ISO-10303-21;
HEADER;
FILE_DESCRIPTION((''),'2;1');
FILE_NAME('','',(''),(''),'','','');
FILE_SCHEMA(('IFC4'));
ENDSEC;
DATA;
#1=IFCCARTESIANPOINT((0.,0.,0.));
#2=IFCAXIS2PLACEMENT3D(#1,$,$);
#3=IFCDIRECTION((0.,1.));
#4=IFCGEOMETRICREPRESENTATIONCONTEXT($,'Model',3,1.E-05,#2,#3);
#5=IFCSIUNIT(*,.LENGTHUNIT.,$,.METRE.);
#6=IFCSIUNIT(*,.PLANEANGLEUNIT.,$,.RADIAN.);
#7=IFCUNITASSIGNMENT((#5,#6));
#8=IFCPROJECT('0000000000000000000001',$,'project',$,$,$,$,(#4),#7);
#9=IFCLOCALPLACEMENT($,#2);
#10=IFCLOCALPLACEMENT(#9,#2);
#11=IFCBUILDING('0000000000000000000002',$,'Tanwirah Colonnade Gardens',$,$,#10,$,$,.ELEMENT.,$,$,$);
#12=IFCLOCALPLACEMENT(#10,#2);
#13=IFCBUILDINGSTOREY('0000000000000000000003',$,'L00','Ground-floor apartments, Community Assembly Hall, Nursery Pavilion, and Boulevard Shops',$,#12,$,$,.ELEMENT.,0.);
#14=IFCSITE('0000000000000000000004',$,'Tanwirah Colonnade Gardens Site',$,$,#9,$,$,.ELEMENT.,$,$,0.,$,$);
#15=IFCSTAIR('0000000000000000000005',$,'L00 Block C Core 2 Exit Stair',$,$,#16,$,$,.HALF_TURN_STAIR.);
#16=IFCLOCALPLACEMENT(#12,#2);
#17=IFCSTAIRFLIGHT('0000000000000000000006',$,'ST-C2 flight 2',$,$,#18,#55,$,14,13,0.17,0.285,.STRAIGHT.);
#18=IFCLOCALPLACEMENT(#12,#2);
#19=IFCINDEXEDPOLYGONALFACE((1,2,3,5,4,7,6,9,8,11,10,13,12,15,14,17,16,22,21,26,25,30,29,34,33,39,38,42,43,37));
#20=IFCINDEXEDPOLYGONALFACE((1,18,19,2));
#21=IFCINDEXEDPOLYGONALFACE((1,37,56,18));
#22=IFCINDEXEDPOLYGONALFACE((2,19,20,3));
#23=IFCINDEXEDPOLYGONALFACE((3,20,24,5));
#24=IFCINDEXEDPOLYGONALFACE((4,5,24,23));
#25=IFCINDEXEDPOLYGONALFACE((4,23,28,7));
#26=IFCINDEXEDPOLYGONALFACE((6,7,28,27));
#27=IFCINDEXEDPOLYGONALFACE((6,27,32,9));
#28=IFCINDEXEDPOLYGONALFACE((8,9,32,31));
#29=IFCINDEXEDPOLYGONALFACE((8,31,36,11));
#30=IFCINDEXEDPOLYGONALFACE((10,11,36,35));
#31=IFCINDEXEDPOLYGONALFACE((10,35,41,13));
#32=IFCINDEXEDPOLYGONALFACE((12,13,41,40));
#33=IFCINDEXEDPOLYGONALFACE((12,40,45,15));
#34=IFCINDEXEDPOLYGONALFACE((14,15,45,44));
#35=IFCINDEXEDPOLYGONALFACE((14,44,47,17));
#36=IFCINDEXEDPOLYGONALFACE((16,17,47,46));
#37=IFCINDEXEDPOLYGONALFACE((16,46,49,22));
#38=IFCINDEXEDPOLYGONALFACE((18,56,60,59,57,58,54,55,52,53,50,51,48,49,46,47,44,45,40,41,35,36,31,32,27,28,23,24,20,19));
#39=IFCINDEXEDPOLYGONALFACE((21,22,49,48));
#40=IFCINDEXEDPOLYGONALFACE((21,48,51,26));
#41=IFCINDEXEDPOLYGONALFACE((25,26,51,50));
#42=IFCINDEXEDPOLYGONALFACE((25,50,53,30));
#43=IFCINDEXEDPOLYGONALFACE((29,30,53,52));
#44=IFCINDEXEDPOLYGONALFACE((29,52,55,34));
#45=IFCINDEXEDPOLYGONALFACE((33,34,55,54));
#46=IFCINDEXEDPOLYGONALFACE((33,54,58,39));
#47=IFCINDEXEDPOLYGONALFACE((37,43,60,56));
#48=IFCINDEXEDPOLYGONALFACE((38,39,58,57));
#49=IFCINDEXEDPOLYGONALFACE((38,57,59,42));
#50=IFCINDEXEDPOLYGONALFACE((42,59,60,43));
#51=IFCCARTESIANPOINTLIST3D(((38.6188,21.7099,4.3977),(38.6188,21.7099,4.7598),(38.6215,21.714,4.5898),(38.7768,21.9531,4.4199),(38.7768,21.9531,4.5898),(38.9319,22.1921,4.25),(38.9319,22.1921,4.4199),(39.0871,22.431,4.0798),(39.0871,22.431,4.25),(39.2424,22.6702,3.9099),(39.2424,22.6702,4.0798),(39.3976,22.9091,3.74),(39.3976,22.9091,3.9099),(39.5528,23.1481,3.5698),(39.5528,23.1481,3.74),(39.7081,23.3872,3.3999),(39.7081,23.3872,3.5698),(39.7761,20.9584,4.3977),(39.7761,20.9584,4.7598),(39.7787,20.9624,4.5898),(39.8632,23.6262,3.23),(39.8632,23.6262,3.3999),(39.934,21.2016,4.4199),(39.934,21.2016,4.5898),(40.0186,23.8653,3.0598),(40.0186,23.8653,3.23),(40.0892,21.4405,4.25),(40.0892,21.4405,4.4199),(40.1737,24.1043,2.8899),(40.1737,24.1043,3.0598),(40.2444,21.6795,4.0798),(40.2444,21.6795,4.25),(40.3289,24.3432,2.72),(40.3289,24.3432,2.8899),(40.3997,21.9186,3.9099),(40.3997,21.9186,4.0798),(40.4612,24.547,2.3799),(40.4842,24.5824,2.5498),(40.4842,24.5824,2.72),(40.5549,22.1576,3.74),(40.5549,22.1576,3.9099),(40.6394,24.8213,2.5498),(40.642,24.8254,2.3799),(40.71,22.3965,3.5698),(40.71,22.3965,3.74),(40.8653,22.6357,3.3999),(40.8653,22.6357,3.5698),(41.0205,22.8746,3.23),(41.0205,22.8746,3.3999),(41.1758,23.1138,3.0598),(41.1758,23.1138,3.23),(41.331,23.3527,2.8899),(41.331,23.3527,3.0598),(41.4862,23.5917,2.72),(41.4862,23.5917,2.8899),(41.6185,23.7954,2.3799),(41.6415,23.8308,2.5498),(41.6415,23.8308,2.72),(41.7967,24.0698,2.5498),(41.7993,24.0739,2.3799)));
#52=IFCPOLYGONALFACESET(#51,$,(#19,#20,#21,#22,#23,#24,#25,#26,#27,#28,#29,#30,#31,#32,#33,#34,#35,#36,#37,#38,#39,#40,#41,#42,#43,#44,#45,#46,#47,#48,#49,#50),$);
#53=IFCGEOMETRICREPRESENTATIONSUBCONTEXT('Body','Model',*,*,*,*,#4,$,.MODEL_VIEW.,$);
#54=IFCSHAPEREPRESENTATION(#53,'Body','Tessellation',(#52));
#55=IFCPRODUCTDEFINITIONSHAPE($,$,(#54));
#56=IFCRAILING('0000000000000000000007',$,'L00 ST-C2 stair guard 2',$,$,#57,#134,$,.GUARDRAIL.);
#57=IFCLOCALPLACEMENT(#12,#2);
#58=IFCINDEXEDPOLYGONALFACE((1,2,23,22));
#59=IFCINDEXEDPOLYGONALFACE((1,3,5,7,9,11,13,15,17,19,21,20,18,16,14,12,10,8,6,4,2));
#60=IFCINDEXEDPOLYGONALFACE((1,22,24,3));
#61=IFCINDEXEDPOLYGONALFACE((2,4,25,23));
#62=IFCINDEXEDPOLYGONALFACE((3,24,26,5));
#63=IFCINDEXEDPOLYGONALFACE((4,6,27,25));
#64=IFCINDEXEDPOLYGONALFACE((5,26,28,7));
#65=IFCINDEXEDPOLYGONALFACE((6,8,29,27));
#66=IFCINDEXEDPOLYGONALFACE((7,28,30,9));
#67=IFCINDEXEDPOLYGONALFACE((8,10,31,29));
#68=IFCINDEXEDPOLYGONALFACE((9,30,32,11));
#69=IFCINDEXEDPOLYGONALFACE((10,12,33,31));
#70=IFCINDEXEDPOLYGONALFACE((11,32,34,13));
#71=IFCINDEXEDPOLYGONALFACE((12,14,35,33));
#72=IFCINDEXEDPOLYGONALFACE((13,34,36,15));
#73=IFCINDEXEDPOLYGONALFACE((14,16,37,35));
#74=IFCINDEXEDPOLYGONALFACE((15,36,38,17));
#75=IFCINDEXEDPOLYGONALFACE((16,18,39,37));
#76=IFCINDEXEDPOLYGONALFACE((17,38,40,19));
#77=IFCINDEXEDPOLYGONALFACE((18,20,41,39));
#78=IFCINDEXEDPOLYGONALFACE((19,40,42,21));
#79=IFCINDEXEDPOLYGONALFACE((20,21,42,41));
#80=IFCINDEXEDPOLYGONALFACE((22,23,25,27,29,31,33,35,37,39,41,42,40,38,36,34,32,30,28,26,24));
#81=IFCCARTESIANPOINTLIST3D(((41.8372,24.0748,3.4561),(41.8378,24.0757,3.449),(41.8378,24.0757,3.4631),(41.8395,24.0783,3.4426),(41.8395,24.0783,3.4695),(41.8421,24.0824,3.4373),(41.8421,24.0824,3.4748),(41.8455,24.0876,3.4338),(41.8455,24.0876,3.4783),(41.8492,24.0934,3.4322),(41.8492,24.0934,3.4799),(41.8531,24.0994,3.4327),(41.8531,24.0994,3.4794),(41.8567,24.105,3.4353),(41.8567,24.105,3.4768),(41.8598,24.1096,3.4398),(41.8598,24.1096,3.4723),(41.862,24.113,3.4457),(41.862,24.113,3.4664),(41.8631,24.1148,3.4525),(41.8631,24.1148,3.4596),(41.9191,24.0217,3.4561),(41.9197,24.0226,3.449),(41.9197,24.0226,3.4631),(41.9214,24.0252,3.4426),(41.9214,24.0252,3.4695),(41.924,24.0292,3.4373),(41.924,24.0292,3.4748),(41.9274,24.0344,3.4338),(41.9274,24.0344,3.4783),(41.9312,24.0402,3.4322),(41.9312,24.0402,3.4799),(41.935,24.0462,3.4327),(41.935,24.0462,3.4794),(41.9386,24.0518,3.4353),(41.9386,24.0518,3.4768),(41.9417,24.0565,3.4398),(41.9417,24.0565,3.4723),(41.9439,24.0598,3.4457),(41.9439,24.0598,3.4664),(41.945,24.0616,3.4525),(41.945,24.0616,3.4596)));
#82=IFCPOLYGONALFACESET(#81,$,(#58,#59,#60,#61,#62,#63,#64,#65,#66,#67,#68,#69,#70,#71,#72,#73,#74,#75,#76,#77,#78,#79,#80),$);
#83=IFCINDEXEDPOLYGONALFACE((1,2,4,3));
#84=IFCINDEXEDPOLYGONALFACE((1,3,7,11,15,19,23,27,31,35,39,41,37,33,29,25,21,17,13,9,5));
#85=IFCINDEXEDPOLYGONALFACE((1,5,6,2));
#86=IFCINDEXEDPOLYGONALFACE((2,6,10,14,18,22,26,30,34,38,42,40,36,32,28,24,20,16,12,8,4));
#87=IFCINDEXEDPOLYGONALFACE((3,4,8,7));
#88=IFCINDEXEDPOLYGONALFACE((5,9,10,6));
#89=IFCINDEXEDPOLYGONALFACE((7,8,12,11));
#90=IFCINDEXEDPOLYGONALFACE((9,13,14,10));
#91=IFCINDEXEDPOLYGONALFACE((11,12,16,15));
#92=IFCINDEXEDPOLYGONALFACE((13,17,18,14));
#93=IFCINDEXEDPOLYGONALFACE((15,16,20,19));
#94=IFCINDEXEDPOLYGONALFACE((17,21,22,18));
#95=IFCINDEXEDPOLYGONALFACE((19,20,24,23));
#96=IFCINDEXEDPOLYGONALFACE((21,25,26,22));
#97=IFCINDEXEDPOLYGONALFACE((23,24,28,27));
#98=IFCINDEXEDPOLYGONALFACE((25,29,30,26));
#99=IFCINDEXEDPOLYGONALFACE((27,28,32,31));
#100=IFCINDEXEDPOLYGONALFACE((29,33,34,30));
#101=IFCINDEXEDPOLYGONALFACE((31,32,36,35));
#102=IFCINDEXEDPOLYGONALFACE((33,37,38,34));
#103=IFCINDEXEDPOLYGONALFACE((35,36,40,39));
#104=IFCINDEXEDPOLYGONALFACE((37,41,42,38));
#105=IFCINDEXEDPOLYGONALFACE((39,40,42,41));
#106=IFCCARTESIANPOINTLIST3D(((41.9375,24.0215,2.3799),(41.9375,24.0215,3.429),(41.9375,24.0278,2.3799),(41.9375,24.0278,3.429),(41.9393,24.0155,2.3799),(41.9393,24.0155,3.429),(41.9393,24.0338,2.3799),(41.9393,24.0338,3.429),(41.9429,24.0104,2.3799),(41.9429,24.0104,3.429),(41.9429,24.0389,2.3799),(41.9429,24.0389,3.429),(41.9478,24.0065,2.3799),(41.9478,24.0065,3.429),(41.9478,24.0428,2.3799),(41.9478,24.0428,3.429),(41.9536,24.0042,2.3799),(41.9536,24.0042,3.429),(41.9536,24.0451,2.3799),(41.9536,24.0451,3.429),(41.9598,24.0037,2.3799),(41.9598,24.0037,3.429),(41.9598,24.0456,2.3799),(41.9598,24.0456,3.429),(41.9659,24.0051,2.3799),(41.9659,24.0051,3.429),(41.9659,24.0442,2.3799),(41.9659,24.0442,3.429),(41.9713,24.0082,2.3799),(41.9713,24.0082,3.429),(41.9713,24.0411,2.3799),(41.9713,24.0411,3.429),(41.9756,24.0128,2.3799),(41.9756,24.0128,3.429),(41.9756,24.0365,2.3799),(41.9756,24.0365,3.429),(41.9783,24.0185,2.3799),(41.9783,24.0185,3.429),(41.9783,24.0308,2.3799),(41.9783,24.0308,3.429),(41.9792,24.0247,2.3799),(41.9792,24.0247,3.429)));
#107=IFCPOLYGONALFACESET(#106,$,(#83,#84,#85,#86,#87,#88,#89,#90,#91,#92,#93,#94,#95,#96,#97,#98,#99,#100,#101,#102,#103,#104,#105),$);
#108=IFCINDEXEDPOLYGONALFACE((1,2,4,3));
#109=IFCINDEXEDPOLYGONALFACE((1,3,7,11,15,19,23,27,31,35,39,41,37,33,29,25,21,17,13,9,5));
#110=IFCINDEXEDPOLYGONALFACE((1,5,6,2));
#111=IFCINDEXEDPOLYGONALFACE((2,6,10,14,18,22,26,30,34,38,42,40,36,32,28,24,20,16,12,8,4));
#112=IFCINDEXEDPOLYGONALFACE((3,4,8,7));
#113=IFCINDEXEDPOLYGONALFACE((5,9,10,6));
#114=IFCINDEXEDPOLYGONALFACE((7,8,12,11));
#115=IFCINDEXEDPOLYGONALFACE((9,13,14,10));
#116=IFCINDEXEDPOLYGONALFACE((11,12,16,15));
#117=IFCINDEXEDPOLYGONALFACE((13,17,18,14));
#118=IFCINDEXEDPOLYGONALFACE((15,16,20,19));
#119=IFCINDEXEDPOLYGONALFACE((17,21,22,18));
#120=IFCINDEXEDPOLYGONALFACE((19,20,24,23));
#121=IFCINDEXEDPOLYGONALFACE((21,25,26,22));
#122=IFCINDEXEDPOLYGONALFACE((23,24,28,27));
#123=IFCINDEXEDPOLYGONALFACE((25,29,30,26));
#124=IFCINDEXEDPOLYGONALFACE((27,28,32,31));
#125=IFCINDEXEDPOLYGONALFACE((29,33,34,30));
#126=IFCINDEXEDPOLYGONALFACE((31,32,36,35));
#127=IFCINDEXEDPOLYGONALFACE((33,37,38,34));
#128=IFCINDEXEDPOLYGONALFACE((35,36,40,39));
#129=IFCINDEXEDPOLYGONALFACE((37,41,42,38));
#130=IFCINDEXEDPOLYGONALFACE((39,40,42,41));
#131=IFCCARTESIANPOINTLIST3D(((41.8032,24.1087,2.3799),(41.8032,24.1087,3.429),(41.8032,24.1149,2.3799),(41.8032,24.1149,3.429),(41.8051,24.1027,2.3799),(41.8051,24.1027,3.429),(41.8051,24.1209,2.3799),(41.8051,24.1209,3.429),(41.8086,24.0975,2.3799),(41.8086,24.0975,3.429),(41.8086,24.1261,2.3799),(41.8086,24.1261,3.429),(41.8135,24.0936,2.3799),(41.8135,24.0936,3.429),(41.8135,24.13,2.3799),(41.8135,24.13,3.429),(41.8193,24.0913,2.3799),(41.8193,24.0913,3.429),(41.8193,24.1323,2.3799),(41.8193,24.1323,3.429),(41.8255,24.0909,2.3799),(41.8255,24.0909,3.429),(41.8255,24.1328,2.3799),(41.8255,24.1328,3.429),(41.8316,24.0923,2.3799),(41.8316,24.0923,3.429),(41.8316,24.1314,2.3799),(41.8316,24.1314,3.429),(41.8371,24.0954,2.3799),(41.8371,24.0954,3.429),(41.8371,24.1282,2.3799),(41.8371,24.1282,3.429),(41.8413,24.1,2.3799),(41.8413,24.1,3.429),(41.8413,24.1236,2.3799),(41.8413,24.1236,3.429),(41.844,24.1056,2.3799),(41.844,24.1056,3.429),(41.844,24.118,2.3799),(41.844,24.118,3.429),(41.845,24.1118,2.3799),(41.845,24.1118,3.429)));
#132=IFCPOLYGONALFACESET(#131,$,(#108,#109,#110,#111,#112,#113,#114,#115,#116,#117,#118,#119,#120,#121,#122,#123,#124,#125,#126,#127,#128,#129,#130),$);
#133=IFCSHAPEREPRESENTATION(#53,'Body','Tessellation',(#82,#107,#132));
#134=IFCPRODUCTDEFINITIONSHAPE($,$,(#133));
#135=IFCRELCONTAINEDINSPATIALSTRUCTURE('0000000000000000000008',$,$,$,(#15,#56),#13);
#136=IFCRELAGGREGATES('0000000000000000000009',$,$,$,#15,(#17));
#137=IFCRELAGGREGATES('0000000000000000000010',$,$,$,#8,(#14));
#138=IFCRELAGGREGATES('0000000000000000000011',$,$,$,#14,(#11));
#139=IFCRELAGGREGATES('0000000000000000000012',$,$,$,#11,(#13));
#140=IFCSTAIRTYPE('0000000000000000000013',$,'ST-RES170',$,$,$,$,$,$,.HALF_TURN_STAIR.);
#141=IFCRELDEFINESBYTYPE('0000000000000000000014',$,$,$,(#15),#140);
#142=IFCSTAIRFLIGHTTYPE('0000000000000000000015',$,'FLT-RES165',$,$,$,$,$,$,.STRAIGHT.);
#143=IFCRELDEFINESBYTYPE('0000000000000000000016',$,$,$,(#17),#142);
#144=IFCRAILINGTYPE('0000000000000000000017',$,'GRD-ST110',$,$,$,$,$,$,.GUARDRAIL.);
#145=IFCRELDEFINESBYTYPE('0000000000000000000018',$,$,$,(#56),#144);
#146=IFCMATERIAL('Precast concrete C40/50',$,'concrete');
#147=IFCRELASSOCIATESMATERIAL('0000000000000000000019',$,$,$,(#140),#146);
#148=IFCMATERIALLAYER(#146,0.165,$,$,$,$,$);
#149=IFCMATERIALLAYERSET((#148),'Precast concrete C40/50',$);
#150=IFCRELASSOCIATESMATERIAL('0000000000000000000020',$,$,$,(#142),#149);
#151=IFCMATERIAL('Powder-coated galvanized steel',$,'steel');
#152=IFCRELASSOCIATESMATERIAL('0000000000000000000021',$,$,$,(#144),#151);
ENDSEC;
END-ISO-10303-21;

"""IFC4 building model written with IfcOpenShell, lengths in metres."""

from ifc_helpers import new_model, si_unit, direction, frame, origin, origin_2d, place, context, subcontext, project, spatial, polyline, circle, outline, extrude, material, layer, layer_set, type_object, element, aggregate, save


model = new_model("IFC4")

# Units and contexts
model_context = context("Model", 3, precision=1e-05, world=origin(), true_north=direction((0.0, 1.0)))
body_context = subcontext(model_context, "Body", "Model", "MODEL_VIEW")
ifc_project = project(units=[si_unit("LENGTHUNIT", "METRE"), si_unit("PLANEANGLEUNIT", "RADIAN")], contexts=[model_context])

# Site, building, storey
site_placement = place(None, origin())
site = spatial("IfcSite", under=ifc_project, at=site_placement, Name="Tanwirah Colonnade Gardens Site", CompositionType="ELEMENT", RefElevation=0.0)
building_placement = place(site_placement, origin())
building = spatial("IfcBuilding", under=site, at=building_placement, Name="Tanwirah Colonnade Gardens", CompositionType="ELEMENT")
storey_placement = place(building_placement, origin())
storey = spatial("IfcBuildingStorey", under=building, at=storey_placement, Name="L00", Description="Ground-floor apartments, Community Assembly Hall, Nursery Pavilion, and Boulevard Shops", CompositionType="ELEMENT", Elevation=0.0)

# Shared definitions
ifc_material_1 = material(Name="Precast concrete C40/50", Category="concrete")

# Stair, stair flight
stair_type = type_object("IfcStairType", Name="ST-RES170", PredefinedType="HALF_TURN_STAIR", material=ifc_material_1)
stair_placement = place(storey_placement, origin())
stair = element("IfcStair", 1, at=stair_placement, inside=storey, type_object=stair_type, Name="L00 Block C Core 2 Exit Stair", PredefinedType="HALF_TURN_STAIR")
ifc_layer_1 = layer(ifc_material_1, 0.165)
ifc_layer_set_1 = layer_set([ifc_layer_1], Name="Precast concrete C40/50")
stair_flight_type = type_object("IfcStairFlightType", Name="FLT-RES165", PredefinedType="STRAIGHT", material=ifc_layer_set_1)
stair_flight_placement = place(storey_placement, frame((41.218, 24.4456, 2.3799), z_axis=(0.0, 0.0, 1.0), x_axis=(-0.544639, -0.838671, 0.0)))
stair_flight = element("IfcStairFlight", 2, at=stair_flight_placement, type_object=stair_flight_type, Name="ST-C2 flight 2", NumberOfRisers=14, NumberOfTreads=13, PredefinedType="STRAIGHT", RiserHeight=0.17, TreadLength=0.285, context=body_context, shape_type="SweptSolid", body=[
    extrude(outline(polyline([(-0.0049, 0.0), (0.0, 0.1699), (0.2849, 0.1699), (0.2849, 0.3401), (0.5701, 0.3401), (0.5701, 0.51), (0.855, 0.51), (0.855, 0.6799), (1.1399, 0.6799), (1.1399, 0.8501), (1.425, 0.8501), (1.425, 1.02), (1.71, 1.02), (1.71, 1.1899), (1.9951, 1.1899), (1.9951, 1.3601), (2.28, 1.3601), (2.28, 1.53), (2.5649, 1.53), (2.5649, 1.7), (2.8501, 1.7), (2.8501, 1.8701), (3.135, 1.8701), (3.135, 2.04), (3.4199, 2.04), (3.4199, 2.21), (3.7051, 2.21), (3.71, 2.3799), (3.71, 2.0178), (0.3271, 0.0), (-0.0049, 0.0)])), frame((0.0, 0.6899, 0.0), z_axis=(0.0, -1.0, 0.0), x_axis=(1.0, 0.0, 0.0)), (0.0, 0.0, 1.0), 1.3799),
])
aggregate(stair, [stair_flight])

# Railing
ifc_material_2 = material(Name="Powder-coated galvanized steel", Category="steel")
railing_type_1 = type_object("IfcRailingType", Name="GRD-ST110", PredefinedType="GUARDRAIL", material=ifc_material_2)
railing_1_placement = place(storey_placement, frame((41.9583, 24.0247, 2.3799)))
element("IfcRailing", 3, at=railing_1_placement, inside=storey, type_object=railing_type_1, Name="L00 ST-C2 stair guard 2", PredefinedType="GUARDRAIL", context=body_context, shape_type="SweptSolid", body=[
    extrude(circle(Radius=0.0239, at=origin_2d()), frame((-0.0261, 0.0171, 1.0762), z_axis=(-0.838792, 0.544452, 0.0), x_axis=(-0.544452, -0.838792, 0.0)), (0.0, 0.0, 1.0), 0.0977),
    extrude(circle(Radius=0.021, at=origin_2d()), origin(), (0.0, 0.0, 1.0), 1.0491),
    extrude(circle(Radius=0.021, at=origin_2d()), frame((-0.1343, 0.0872, 0.0)), (0.0, 0.0, 1.0), 1.0491),
])

save(model, "model.ifc")
